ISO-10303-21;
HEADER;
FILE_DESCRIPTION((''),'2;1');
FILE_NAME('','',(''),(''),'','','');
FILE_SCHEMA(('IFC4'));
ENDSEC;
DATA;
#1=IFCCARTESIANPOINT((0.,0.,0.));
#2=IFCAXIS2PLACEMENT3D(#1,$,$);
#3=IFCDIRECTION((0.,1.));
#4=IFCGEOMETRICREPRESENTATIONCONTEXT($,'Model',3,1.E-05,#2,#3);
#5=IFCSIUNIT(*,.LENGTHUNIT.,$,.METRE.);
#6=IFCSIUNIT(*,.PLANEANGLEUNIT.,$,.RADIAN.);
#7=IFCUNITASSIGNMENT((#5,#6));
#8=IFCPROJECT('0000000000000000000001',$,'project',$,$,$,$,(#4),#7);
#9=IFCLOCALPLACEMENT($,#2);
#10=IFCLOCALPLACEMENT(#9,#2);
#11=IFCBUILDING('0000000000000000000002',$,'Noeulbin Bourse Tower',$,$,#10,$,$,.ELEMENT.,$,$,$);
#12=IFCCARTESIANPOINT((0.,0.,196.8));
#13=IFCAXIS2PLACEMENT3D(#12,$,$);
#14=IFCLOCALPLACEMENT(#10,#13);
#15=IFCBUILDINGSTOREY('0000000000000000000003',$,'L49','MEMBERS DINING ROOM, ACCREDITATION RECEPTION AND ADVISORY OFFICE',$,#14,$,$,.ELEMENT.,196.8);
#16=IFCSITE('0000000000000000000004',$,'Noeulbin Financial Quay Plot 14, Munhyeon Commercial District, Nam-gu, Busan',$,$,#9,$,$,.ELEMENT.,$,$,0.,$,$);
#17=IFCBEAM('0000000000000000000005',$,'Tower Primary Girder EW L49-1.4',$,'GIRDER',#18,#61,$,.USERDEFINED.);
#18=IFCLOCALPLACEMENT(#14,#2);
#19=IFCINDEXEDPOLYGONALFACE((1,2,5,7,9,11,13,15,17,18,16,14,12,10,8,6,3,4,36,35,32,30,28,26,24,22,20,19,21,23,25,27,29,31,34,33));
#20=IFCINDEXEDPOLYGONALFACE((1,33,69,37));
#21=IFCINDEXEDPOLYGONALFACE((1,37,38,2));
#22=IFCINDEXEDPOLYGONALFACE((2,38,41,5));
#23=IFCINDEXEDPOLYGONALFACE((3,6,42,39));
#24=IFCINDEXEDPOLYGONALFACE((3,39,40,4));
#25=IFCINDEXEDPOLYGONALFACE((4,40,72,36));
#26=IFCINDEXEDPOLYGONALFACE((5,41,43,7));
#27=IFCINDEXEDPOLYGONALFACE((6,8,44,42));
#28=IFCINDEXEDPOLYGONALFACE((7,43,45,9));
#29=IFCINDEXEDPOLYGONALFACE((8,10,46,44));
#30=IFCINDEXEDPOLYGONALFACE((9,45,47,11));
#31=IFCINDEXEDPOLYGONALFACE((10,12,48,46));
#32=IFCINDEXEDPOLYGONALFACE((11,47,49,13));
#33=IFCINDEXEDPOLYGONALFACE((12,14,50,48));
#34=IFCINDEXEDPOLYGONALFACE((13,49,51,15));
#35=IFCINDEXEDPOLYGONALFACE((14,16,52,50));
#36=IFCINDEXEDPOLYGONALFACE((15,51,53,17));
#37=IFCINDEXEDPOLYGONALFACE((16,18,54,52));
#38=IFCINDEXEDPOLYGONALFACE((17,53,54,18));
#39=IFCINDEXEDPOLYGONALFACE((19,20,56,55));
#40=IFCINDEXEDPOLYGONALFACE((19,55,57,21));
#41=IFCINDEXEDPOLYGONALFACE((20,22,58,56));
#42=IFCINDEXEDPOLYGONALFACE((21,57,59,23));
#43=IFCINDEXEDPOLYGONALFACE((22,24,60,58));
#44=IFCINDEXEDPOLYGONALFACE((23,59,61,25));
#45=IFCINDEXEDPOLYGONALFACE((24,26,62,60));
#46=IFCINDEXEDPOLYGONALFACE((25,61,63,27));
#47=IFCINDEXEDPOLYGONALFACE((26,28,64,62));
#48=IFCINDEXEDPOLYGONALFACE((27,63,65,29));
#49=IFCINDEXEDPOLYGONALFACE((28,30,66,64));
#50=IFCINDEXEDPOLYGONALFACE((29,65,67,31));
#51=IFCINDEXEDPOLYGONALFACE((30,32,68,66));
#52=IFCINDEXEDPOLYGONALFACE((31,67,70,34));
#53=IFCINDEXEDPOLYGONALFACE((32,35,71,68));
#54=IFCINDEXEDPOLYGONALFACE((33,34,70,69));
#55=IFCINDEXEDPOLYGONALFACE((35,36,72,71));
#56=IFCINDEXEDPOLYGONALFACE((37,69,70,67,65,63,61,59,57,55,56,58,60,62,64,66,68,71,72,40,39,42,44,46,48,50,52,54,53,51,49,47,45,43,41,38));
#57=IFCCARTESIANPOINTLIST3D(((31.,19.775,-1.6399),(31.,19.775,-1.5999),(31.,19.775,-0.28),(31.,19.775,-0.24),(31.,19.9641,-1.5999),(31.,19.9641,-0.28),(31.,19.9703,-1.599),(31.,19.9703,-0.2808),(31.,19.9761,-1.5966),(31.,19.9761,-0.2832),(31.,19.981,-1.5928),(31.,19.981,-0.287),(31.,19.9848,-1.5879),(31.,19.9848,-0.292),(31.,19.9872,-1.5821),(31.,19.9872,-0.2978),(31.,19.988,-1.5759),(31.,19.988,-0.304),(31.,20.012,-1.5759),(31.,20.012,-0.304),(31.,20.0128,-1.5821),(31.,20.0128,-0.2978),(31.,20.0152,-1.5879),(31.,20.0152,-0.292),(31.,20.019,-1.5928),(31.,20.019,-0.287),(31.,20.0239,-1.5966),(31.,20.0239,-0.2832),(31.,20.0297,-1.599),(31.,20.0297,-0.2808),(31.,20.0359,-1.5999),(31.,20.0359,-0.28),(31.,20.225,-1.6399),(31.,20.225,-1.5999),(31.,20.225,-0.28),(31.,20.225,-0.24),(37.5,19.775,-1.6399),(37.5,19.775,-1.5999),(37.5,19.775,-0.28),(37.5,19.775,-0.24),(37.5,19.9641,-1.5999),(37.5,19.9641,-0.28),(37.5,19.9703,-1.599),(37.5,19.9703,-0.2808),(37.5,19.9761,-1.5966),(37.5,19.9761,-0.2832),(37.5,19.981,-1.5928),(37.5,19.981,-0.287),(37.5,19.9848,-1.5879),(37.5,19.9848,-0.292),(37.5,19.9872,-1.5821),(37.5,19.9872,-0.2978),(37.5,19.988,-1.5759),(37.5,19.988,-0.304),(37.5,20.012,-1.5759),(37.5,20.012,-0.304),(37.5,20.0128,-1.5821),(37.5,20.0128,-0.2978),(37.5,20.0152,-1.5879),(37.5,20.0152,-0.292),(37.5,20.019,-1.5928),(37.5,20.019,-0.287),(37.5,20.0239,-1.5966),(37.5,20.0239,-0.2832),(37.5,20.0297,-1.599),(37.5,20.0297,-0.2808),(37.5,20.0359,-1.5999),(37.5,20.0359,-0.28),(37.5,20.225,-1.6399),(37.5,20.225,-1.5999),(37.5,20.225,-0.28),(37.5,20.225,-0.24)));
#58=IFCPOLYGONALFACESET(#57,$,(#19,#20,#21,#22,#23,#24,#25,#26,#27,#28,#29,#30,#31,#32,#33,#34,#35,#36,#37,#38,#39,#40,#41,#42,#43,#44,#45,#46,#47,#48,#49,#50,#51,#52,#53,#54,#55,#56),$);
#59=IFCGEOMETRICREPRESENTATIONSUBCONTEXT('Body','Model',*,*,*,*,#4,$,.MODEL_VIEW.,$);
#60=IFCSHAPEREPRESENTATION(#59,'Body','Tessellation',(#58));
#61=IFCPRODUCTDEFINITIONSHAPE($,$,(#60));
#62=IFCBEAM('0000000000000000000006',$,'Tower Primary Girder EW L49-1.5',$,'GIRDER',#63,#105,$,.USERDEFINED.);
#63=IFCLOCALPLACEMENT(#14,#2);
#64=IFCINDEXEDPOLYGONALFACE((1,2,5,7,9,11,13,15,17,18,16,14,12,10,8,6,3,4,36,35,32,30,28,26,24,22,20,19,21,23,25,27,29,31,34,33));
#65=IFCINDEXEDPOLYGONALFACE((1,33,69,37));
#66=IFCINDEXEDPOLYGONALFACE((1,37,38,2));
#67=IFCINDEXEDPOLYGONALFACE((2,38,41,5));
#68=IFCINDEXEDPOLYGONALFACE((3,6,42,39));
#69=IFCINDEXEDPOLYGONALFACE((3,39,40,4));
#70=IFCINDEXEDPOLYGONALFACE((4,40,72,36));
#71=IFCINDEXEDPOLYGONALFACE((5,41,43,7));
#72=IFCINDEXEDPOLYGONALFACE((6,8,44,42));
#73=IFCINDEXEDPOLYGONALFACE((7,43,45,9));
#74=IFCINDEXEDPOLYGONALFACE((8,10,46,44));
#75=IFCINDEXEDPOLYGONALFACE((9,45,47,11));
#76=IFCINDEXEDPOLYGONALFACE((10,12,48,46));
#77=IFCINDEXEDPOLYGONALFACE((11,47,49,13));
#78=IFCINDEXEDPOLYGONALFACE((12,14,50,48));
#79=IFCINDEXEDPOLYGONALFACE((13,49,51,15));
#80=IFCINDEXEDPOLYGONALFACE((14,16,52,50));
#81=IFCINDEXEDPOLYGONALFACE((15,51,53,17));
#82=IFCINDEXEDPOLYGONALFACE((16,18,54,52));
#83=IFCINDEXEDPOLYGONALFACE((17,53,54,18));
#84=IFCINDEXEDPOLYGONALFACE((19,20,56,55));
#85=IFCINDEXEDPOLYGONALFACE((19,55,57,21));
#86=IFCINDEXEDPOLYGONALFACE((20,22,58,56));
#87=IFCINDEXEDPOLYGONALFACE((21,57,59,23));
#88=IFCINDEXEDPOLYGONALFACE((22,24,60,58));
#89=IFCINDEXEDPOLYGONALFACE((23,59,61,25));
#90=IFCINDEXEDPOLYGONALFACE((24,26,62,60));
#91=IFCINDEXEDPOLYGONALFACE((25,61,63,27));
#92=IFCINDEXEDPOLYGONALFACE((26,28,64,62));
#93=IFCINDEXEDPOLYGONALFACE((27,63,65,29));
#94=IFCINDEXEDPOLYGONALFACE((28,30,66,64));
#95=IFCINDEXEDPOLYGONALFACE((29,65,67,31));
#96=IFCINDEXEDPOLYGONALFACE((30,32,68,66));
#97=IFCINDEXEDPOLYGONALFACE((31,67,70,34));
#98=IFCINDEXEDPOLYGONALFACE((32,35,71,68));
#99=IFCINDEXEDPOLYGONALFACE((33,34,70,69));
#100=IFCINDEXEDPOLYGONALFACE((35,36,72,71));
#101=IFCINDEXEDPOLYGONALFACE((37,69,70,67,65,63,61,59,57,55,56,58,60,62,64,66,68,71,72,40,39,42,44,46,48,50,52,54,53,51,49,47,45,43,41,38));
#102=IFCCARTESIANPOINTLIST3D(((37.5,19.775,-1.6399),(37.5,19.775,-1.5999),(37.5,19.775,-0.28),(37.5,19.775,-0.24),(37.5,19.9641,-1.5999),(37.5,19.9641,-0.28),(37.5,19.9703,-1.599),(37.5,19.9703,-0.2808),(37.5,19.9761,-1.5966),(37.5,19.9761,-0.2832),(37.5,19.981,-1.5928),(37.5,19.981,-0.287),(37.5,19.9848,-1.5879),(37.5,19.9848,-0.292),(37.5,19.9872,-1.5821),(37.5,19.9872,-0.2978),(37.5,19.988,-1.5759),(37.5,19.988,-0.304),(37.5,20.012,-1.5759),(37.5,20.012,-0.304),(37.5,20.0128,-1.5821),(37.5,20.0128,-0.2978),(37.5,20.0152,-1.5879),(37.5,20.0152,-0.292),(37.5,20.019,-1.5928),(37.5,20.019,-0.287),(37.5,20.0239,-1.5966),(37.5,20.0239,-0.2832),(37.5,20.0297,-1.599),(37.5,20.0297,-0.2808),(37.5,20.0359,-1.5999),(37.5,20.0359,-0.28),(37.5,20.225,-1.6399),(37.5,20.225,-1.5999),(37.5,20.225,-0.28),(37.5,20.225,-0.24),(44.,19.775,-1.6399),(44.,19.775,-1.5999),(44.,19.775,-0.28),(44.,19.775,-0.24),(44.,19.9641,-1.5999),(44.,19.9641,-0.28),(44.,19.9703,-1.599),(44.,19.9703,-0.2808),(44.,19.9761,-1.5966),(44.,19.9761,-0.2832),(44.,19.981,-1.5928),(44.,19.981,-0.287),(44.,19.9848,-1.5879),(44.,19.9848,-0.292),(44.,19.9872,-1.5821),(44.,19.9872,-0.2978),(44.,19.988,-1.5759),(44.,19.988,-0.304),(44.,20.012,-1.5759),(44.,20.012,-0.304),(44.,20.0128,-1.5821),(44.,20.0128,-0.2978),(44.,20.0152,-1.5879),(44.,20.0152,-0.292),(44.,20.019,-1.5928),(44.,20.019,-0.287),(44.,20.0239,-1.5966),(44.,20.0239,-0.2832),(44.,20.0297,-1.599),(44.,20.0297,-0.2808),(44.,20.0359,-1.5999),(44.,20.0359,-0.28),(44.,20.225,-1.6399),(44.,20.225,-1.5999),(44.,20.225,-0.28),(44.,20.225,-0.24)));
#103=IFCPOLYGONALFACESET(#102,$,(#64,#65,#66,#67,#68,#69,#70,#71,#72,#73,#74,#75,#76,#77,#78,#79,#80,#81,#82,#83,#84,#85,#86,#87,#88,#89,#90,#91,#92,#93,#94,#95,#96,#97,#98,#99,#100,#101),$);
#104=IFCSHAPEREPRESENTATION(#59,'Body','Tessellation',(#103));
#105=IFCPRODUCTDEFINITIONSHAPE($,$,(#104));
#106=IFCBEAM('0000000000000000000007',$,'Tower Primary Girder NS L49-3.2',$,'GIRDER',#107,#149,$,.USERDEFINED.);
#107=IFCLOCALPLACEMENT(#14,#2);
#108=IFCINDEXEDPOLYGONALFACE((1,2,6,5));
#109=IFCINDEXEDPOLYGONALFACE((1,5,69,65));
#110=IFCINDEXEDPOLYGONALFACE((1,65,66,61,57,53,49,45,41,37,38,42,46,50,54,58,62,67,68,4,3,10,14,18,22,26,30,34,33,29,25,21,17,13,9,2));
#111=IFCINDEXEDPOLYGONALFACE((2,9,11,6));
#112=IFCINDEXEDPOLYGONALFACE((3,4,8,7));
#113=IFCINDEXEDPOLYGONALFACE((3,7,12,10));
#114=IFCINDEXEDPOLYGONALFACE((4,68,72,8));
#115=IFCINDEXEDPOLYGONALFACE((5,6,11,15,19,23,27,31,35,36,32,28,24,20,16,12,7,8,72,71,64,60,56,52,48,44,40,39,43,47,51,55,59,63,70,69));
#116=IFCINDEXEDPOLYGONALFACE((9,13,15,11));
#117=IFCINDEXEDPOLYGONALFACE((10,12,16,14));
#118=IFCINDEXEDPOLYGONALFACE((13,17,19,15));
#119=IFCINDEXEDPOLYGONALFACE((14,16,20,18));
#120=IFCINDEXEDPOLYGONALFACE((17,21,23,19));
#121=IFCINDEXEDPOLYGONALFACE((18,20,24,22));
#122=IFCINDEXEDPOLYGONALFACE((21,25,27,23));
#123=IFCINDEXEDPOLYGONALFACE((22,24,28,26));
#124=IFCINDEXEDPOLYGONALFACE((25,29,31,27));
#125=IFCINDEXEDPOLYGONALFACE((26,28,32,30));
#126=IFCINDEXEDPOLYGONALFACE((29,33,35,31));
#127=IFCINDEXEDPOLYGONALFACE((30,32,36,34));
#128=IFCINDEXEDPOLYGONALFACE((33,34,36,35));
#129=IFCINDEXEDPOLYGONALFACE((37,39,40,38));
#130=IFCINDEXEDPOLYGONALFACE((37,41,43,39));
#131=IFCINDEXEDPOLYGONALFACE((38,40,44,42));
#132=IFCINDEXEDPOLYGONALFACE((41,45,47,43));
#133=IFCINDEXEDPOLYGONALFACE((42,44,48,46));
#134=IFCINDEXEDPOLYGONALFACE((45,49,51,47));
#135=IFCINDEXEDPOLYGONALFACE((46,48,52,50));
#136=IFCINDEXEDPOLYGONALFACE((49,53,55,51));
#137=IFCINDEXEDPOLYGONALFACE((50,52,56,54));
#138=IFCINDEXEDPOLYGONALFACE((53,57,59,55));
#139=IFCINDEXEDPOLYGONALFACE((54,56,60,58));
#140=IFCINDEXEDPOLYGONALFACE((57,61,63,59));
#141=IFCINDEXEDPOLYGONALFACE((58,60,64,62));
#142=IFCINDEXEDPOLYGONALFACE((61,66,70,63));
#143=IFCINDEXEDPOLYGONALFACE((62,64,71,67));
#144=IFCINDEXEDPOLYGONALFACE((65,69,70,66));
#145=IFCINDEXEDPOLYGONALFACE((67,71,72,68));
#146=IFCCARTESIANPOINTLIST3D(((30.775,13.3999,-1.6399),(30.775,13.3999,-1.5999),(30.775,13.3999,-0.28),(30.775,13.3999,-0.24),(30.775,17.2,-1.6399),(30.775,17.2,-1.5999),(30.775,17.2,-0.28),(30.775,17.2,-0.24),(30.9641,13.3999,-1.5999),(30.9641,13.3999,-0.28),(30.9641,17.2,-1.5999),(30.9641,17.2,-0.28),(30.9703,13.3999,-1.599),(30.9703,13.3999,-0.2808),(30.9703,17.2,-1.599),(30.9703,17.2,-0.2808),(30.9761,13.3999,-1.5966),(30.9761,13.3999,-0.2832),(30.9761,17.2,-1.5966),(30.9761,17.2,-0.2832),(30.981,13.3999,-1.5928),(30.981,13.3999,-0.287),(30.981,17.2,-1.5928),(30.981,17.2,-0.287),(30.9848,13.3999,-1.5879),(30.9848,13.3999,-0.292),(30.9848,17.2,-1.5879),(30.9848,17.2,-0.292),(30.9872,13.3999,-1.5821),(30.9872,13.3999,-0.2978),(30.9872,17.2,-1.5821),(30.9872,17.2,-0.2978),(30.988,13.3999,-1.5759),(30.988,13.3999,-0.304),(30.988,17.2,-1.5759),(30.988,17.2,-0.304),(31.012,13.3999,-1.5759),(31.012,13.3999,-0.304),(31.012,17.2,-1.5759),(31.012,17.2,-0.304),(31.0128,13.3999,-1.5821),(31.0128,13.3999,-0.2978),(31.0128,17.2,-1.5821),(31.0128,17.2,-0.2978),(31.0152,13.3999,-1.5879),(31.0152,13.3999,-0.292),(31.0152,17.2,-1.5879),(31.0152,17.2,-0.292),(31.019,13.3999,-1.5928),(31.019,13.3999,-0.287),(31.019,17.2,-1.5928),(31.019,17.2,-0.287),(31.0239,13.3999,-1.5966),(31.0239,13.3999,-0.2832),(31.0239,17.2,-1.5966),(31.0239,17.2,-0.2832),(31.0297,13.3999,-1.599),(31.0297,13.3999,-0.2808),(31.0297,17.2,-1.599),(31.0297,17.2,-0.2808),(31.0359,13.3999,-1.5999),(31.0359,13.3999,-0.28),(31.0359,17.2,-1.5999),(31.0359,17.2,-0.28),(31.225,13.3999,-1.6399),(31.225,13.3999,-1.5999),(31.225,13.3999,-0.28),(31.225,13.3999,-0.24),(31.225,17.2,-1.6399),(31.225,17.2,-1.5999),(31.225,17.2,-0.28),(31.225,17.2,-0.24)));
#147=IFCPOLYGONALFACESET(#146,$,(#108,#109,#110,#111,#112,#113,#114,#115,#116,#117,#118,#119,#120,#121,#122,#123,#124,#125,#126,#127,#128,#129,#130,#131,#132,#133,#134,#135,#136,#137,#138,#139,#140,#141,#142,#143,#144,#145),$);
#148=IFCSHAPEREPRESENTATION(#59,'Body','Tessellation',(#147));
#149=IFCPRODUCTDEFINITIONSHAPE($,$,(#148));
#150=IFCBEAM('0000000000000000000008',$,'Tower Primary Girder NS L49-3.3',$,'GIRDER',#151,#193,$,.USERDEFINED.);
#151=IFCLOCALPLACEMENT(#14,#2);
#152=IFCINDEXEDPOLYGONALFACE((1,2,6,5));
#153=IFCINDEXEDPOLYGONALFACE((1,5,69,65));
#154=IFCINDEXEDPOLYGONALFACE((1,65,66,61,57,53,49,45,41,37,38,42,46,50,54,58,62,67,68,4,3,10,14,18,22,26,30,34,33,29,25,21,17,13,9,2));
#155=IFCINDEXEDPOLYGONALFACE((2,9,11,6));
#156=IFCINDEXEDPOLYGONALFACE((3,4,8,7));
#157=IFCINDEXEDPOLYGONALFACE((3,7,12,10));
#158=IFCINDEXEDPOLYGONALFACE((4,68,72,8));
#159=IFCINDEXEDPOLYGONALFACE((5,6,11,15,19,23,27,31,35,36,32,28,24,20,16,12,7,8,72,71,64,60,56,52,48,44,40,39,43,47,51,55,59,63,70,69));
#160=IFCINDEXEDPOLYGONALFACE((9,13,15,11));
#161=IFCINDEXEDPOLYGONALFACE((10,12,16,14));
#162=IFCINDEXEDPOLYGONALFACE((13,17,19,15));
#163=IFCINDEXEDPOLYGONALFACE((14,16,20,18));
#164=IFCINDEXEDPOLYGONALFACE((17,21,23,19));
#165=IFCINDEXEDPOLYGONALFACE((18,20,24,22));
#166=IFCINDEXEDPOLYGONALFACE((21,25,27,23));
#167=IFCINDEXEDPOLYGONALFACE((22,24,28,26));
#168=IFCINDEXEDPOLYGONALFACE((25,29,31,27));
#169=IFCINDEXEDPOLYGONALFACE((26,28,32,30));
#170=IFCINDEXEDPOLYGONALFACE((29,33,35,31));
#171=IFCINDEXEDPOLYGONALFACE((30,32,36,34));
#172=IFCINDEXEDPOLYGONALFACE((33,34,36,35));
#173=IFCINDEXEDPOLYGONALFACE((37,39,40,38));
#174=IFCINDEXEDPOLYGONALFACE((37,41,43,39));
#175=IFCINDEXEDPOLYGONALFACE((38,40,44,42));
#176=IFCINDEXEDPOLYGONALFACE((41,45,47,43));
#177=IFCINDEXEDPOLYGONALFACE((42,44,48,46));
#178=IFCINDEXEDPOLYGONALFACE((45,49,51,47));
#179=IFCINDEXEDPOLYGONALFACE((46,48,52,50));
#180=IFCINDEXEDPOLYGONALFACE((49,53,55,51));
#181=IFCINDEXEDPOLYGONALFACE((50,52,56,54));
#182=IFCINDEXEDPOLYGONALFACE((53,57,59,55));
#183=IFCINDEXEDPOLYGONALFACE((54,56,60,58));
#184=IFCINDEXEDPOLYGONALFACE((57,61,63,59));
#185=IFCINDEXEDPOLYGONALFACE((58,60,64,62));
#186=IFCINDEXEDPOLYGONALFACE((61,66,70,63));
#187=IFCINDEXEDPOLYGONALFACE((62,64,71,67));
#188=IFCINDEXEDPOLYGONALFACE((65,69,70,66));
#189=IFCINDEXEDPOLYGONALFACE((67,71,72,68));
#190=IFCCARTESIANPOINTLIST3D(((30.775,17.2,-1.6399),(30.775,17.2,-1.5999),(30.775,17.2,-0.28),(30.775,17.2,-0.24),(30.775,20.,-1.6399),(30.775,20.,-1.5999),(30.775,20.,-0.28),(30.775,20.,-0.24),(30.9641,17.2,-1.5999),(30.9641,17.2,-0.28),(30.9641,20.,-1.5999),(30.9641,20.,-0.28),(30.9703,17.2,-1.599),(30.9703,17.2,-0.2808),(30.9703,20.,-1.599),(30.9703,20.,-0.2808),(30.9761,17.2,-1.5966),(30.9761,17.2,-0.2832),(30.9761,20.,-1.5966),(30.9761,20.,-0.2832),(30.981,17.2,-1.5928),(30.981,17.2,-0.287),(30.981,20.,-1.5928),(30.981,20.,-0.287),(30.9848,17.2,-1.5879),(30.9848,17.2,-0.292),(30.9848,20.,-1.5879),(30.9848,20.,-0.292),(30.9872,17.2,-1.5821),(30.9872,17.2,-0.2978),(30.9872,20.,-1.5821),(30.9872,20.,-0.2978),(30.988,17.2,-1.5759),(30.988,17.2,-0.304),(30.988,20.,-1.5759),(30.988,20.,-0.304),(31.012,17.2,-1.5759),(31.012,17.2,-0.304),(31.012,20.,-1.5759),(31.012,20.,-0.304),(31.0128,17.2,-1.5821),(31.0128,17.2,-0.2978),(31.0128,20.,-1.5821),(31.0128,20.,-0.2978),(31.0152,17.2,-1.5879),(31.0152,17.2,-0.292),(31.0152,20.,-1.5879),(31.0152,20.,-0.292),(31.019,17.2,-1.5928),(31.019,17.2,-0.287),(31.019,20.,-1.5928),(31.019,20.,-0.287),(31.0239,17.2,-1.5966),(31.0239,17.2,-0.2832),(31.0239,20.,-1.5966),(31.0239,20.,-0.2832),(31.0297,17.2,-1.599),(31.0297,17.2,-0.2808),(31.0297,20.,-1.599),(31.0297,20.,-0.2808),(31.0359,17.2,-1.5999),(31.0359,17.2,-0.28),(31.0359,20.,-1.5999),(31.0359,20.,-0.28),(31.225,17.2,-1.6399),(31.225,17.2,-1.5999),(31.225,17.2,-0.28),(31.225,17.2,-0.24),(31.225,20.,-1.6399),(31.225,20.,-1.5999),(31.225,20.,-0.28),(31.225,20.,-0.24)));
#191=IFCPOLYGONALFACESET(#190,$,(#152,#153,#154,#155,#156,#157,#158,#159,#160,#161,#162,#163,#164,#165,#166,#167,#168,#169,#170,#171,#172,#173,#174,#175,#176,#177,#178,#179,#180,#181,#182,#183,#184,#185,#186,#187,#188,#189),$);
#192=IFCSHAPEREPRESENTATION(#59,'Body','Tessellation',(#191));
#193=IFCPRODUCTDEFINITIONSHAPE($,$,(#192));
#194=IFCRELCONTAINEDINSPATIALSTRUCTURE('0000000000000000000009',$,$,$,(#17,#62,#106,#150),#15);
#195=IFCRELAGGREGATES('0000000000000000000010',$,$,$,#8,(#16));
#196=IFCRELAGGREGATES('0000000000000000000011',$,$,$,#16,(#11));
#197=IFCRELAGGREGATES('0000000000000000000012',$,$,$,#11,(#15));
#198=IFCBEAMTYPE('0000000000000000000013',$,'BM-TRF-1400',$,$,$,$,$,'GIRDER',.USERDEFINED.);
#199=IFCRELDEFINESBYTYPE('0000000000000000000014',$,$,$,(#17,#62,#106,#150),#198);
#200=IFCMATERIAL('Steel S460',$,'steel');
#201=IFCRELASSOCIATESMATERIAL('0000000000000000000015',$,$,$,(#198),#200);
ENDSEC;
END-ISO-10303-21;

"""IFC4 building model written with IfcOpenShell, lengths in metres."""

from ifc_helpers import new_model, si_unit, direction, frame, origin, origin_2d, place, context, subcontext, project, spatial, i_section, extrude, material, material_profile, profile_set, type_object, element, save


model = new_model("IFC4")

# Units and contexts
model_context = context("Model", 3, precision=1e-05, world=origin(), true_north=direction((0.0, 1.0)))
body_context = subcontext(model_context, "Body", "Model", "MODEL_VIEW")
ifc_project = project(units=[si_unit("LENGTHUNIT", "METRE"), si_unit("PLANEANGLEUNIT", "RADIAN")], contexts=[model_context])

# Site, building, storey
site_placement = place(None, origin())
site = spatial("IfcSite", under=ifc_project, at=site_placement, Name="Noeulbin Financial Quay Plot 14, Munhyeon Commercial District, Nam-gu, Busan", CompositionType="ELEMENT", RefElevation=0.0)
building_placement = place(site_placement, origin())
building = spatial("IfcBuilding", under=site, at=building_placement, Name="Noeulbin Bourse Tower", CompositionType="ELEMENT")
storey_placement = place(building_placement, frame((0.0, 0.0, 196.8)))
storey = spatial("IfcBuildingStorey", under=building, at=storey_placement, Name="L49", Description="MEMBERS DINING ROOM, ACCREDITATION RECEPTION AND ADVISORY OFFICE", CompositionType="ELEMENT", Elevation=196.8)

# Shared definitions
ifc_material_1 = material(Name="Steel S460", Category="steel")

# Beams
ifc_material_profile_1 = material_profile(ifc_material_1, i_section(OverallWidth=0.45, OverallDepth=1.3999, WebThickness=0.0239, FlangeThickness=0.04, FilletRadius=0.0239, at=origin_2d()), Name="PG-1400x450x24x40", Category="LoadBearing")
ifc_profile_set_1 = profile_set([ifc_material_profile_1], Name="Steel S460")
beam_type_1 = type_object("IfcBeamType", Name="BM-TRF-1400", ElementType="GIRDER", PredefinedType="USERDEFINED", material=ifc_profile_set_1)
for number, where, z_axis, x_axis, name in (
    (1, (31.0, 20.0, -0.9399), (1.0, 0.0, 0.0), (0.0, 1.0, 0.0), "Tower Primary Girder EW L49-1.4"),
    (2, (37.5, 20.0, -0.9399), (1.0, 0.0, 0.0), (0.0, 1.0, 0.0), "Tower Primary Girder EW L49-1.5"),
):
    element("IfcBeam", number, at=place(storey_placement, frame(where, z_axis=z_axis, x_axis=x_axis)), inside=storey, type_object=beam_type_1, Name=name, ObjectType="GIRDER", PredefinedType="USERDEFINED", context=body_context, shape_type="SweptSolid", body=[
        extrude(i_section(OverallWidth=0.45, OverallDepth=1.3999, WebThickness=0.0239, FlangeThickness=0.04, FilletRadius=0.0239, at=origin_2d()), origin(), (0.0, 0.0, 1.0), 6.5),
    ])
beam_1_placement = place(storey_placement, frame((31.0, 13.3999, -0.9399), z_axis=(0.0, 1.0, 0.0), x_axis=(-1.0, 0.0, 0.0)))
element("IfcBeam", 3, at=beam_1_placement, inside=storey, type_object=beam_type_1, Name="Tower Primary Girder NS L49-3.2", ObjectType="GIRDER", PredefinedType="USERDEFINED", context=body_context, shape_type="SweptSolid", body=[
    extrude(i_section(OverallWidth=0.45, OverallDepth=1.3999, WebThickness=0.0239, FlangeThickness=0.04, FilletRadius=0.0239, at=origin_2d()), origin(), (0.0, 0.0, 1.0), 3.8),
])
beam_2_placement = place(storey_placement, frame((31.0, 17.2, -0.9399), z_axis=(0.0, 1.0, 0.0), x_axis=(-1.0, 0.0, 0.0)))
element("IfcBeam", 4, at=beam_2_placement, inside=storey, type_object=beam_type_1, Name="Tower Primary Girder NS L49-3.3", ObjectType="GIRDER", PredefinedType="USERDEFINED", context=body_context, shape_type="SweptSolid", body=[
    extrude(i_section(OverallWidth=0.45, OverallDepth=1.3999, WebThickness=0.0239, FlangeThickness=0.04, FilletRadius=0.0239, at=origin_2d()), origin(), (0.0, 0.0, 1.0), 2.8),
])

save(model, "model.ifc")
